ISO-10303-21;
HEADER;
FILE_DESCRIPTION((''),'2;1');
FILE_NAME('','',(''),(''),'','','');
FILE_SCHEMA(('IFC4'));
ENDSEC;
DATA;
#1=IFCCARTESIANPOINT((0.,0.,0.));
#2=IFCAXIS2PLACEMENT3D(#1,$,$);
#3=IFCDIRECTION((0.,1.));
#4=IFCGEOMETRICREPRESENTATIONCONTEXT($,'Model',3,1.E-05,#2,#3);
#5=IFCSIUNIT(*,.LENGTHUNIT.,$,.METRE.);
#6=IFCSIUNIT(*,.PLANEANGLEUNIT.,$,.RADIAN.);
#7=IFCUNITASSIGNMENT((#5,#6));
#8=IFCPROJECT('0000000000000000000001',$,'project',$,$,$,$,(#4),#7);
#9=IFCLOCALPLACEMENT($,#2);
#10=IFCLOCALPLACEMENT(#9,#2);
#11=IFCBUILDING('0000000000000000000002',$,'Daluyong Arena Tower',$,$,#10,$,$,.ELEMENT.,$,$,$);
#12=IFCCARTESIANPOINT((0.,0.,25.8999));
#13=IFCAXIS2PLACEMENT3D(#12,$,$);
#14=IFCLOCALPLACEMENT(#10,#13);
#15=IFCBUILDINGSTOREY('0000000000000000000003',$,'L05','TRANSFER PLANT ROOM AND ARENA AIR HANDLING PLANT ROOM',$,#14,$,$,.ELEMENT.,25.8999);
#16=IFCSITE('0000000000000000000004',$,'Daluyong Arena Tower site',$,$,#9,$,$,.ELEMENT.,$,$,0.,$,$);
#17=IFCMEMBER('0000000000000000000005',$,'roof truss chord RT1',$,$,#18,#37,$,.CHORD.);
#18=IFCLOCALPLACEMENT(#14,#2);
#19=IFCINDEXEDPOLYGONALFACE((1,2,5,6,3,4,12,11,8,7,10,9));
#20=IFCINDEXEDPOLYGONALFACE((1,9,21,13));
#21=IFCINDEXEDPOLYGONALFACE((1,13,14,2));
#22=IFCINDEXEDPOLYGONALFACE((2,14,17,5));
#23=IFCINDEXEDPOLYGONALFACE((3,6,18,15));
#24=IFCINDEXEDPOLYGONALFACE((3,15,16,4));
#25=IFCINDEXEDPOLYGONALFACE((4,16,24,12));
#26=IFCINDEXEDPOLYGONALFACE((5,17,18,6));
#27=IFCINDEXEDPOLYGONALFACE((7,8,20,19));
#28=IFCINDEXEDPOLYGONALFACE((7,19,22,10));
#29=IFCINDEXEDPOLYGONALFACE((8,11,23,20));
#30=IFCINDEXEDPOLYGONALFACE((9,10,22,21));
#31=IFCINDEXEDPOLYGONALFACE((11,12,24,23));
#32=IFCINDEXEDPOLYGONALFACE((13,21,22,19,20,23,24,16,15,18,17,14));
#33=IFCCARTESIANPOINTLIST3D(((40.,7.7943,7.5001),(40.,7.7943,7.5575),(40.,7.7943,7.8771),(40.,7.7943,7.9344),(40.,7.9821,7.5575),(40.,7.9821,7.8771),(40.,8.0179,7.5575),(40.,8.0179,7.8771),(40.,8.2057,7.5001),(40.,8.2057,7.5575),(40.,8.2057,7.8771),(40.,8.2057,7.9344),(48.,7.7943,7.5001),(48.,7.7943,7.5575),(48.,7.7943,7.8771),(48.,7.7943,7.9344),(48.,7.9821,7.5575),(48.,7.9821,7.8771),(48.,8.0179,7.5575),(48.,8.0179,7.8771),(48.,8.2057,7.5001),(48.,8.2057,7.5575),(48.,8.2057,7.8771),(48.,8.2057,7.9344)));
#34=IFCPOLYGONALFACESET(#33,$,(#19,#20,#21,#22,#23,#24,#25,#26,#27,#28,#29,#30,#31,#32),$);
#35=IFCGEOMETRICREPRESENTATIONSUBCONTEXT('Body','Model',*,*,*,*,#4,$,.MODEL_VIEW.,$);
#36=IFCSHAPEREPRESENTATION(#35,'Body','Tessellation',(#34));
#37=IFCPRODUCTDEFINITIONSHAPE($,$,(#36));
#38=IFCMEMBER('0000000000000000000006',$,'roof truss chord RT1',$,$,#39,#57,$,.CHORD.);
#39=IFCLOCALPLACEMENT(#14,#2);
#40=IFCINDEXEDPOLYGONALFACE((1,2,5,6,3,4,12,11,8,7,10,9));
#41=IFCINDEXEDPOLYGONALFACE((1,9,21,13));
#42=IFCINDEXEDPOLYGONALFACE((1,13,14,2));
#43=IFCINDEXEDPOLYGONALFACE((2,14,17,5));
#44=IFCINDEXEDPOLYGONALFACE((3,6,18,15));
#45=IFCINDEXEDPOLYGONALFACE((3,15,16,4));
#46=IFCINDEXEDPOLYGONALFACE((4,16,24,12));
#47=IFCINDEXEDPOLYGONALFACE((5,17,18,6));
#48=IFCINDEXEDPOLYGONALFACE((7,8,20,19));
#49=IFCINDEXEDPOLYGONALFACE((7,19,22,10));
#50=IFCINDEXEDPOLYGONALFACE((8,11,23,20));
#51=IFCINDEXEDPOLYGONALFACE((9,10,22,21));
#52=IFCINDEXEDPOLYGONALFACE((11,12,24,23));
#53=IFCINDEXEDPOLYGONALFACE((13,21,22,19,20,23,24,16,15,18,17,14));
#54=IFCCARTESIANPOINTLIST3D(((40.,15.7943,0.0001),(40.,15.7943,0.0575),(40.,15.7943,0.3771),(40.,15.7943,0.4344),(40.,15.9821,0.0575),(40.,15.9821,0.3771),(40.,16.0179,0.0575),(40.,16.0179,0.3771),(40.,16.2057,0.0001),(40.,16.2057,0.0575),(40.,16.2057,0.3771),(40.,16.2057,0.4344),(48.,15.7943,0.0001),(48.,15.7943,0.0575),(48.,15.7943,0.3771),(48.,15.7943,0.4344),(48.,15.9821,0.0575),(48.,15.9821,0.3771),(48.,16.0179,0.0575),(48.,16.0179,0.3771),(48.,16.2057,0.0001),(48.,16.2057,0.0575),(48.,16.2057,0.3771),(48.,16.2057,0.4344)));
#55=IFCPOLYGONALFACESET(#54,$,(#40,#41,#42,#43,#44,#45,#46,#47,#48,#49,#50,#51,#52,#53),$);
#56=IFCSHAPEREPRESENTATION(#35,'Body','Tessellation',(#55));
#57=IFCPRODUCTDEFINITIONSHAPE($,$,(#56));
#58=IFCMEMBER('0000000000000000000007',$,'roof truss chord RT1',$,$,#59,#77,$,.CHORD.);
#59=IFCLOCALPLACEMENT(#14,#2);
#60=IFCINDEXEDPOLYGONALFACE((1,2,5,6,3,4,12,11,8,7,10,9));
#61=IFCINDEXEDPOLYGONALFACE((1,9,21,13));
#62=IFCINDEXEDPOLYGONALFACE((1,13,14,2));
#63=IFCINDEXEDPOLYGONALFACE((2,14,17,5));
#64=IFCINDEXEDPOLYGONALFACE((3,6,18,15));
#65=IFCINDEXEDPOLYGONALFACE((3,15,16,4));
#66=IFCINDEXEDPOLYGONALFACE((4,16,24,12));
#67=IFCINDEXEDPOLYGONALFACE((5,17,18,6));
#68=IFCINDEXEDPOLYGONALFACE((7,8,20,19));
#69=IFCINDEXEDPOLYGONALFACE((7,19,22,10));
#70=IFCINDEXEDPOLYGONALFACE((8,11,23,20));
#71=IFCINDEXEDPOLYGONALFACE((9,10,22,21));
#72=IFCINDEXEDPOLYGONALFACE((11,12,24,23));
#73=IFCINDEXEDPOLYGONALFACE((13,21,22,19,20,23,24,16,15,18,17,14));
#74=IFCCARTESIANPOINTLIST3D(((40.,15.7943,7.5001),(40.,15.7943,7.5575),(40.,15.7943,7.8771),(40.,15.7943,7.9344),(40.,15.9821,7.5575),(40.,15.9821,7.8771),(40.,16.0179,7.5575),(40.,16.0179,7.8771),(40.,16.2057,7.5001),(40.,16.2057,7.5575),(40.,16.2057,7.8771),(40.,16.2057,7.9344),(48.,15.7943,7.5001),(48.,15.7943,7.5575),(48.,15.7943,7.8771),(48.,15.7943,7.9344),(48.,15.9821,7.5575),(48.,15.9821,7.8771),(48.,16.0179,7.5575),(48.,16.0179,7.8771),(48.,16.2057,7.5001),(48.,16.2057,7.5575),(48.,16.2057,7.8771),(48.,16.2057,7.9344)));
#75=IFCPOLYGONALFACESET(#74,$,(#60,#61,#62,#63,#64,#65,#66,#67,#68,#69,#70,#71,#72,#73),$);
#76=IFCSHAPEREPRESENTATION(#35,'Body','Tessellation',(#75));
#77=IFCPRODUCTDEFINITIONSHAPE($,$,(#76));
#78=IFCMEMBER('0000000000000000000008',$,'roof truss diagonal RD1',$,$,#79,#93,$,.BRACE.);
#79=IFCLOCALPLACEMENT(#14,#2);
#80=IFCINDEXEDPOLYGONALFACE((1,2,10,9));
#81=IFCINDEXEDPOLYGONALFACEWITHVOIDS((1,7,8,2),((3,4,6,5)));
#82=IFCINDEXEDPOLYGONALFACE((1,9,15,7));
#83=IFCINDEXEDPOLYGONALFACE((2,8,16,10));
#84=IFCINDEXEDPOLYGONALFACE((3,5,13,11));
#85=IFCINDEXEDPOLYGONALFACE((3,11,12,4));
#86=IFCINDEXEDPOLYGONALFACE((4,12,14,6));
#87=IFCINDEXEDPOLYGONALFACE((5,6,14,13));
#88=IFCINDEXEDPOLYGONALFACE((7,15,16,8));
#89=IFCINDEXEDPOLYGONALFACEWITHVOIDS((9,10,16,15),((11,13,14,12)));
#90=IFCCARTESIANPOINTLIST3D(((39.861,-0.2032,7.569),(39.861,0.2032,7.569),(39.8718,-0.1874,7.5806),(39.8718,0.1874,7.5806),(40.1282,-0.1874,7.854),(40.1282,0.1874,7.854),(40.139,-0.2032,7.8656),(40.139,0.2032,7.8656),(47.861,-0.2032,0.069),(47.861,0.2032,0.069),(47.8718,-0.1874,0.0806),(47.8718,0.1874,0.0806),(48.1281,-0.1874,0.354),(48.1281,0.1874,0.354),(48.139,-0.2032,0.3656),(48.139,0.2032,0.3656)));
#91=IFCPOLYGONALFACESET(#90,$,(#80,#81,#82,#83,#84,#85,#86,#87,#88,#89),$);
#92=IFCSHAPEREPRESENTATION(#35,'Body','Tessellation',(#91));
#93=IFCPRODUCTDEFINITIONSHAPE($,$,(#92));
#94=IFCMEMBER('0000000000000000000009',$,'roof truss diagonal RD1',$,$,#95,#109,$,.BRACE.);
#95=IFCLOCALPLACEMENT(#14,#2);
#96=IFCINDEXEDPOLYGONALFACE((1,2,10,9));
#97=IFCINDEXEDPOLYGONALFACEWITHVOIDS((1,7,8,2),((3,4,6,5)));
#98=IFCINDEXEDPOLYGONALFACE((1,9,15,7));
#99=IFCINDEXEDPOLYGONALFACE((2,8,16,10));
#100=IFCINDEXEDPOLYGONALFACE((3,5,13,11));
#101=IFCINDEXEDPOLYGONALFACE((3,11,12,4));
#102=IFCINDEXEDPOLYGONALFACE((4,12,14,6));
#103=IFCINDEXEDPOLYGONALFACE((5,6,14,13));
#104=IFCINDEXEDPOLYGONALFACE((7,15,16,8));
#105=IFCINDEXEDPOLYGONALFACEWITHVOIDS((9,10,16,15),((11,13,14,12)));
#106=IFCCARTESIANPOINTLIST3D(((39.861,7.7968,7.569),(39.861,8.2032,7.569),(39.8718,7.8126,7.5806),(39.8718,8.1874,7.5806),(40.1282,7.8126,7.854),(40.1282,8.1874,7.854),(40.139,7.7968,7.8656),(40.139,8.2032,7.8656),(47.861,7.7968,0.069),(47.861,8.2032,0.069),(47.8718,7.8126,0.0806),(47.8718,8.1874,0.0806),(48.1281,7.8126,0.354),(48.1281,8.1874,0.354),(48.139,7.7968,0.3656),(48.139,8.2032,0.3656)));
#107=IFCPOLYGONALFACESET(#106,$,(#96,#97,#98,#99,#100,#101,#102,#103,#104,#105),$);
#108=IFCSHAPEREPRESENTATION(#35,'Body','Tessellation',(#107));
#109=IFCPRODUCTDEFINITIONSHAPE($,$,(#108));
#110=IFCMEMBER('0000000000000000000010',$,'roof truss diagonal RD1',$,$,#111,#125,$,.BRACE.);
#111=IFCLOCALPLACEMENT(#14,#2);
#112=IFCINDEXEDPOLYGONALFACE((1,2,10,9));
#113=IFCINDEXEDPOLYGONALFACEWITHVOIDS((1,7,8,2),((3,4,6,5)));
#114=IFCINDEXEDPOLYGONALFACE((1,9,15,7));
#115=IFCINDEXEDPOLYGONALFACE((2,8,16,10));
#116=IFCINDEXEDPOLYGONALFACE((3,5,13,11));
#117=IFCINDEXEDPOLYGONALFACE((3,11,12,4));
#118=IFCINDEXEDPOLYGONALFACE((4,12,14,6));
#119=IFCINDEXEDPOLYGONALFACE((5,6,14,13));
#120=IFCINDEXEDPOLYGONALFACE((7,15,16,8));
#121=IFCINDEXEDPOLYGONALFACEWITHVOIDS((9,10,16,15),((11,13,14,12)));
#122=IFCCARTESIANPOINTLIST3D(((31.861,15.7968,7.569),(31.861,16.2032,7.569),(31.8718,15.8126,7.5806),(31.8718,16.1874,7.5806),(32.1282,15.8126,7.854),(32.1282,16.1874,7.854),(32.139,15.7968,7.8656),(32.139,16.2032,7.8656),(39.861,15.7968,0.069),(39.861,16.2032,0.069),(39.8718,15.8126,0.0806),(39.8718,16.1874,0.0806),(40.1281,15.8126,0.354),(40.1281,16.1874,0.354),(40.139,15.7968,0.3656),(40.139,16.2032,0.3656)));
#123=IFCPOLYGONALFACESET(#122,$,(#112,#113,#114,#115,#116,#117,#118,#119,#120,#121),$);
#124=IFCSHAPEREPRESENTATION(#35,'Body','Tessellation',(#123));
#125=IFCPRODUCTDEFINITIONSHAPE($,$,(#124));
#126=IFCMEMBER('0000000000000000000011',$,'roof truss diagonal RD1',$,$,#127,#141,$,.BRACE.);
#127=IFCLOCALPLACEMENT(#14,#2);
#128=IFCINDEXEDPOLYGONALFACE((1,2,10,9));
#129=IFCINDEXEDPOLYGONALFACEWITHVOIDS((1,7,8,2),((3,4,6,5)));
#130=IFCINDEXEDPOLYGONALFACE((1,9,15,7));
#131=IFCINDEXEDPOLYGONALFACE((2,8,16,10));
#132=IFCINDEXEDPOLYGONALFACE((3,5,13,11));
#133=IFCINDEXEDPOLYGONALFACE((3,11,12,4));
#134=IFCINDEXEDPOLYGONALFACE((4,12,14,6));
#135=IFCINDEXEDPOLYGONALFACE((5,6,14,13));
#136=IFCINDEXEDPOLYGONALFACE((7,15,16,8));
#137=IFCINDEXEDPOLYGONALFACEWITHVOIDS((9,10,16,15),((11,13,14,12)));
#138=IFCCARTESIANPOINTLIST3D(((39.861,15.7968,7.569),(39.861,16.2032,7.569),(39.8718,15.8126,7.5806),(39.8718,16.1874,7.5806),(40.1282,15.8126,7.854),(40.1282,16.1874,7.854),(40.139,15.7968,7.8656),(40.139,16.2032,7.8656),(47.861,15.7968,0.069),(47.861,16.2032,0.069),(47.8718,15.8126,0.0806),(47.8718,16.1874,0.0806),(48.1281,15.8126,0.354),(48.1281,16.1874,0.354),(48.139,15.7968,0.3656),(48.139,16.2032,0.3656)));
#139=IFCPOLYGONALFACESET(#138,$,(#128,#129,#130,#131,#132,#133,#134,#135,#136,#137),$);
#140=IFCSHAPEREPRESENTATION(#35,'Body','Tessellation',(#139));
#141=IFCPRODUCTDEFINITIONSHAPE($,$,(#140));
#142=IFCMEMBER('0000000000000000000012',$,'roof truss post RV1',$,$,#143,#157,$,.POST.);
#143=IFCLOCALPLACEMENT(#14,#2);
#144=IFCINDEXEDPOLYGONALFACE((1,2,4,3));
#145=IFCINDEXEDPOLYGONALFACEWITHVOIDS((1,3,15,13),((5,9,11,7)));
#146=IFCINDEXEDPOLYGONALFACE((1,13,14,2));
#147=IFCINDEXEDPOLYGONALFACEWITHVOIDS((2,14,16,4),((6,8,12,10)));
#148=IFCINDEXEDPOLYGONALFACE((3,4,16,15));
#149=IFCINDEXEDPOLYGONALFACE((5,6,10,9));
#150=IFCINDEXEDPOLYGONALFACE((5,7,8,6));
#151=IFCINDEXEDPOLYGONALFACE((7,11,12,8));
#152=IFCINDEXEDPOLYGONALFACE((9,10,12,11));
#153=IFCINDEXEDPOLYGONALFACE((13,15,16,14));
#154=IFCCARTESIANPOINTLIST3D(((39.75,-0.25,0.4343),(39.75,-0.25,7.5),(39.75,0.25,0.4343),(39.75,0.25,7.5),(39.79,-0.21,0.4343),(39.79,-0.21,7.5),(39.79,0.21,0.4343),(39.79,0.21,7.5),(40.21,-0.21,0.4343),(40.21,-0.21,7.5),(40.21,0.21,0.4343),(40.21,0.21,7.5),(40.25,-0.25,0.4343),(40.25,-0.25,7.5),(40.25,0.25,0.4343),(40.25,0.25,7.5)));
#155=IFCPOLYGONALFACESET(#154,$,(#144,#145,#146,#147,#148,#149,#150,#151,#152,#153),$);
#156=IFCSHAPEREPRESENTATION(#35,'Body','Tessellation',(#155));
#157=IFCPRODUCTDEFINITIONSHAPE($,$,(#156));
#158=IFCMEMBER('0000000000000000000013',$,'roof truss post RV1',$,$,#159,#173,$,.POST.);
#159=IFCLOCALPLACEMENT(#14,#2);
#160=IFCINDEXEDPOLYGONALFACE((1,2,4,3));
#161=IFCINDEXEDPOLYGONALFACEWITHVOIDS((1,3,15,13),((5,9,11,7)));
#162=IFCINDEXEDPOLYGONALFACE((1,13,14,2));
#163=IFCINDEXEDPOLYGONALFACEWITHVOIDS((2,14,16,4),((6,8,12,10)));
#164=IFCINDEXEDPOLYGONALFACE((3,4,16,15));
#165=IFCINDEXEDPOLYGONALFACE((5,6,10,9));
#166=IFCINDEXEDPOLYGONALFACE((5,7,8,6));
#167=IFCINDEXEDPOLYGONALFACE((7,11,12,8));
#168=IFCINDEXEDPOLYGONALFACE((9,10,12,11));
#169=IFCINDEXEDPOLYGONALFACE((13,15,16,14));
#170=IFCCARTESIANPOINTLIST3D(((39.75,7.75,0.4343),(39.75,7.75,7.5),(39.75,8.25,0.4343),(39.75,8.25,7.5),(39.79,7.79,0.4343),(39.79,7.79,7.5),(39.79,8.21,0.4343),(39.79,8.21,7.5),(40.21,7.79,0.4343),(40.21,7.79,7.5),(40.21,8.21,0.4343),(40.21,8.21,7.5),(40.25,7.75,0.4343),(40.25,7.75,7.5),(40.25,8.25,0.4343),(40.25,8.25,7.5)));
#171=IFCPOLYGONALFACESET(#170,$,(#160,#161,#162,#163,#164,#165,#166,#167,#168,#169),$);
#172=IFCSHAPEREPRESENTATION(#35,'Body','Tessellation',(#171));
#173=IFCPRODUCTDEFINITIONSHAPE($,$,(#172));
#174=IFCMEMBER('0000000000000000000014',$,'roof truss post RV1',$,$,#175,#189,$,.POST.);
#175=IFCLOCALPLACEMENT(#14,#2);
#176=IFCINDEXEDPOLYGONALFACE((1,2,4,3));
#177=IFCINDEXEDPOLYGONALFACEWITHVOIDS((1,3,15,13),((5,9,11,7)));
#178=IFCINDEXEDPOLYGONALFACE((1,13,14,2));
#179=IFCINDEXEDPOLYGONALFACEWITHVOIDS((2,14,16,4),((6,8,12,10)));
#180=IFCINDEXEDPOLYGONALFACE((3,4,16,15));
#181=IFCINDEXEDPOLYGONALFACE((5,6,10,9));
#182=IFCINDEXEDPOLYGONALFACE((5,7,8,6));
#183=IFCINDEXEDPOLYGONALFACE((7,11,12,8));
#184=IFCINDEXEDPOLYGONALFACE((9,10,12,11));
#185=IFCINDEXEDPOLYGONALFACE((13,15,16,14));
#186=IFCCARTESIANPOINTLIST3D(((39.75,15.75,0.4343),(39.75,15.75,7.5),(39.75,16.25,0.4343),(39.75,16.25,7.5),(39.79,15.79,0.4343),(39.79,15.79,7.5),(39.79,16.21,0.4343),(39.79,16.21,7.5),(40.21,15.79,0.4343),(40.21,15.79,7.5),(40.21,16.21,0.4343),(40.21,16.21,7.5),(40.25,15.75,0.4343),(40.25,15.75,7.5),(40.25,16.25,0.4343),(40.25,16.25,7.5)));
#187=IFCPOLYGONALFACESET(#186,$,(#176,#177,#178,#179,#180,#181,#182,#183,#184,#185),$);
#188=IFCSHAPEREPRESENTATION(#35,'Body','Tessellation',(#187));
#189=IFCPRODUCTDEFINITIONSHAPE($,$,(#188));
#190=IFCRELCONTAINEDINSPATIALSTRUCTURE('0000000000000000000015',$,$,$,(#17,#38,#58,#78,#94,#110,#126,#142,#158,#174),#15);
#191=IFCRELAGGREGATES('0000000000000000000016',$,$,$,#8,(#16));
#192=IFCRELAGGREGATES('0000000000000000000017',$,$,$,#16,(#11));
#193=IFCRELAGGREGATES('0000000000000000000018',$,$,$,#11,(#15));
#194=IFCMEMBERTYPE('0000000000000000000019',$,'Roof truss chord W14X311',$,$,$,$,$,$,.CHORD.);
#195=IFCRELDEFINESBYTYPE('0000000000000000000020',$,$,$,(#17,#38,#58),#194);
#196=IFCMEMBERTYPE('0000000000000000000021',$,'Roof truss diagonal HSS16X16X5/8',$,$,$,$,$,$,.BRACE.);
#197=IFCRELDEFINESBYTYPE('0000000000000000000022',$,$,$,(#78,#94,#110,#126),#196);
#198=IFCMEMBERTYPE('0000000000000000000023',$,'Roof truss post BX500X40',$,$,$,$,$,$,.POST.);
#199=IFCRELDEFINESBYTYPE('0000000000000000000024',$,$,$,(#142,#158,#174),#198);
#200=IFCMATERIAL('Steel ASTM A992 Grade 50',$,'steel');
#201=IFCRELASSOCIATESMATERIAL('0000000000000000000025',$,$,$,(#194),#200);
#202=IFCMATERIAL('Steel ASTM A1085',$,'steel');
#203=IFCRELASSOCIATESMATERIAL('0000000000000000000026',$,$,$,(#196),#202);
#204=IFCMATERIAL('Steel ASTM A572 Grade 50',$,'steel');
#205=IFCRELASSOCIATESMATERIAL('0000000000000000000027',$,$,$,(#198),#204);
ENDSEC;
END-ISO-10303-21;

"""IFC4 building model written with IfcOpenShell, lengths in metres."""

from ifc_helpers import new_model, si_unit, direction, frame, origin, origin_2d, place, context, subcontext, project, spatial, hollow_rectangle, i_section, extrude, material, material_profile, profile_set, type_object, element, save


model = new_model("IFC4")

# Units and contexts
model_context = context("Model", 3, precision=1e-05, world=origin(), true_north=direction((0.0, 1.0)))
body_context = subcontext(model_context, "Body", "Model", "MODEL_VIEW")
ifc_project = project(units=[si_unit("LENGTHUNIT", "METRE"), si_unit("PLANEANGLEUNIT", "RADIAN")], contexts=[model_context])

# Site, building, storey
site_placement = place(None, origin())
site = spatial("IfcSite", under=ifc_project, at=site_placement, Name="Daluyong Arena Tower site", CompositionType="ELEMENT", RefElevation=0.0)
building_placement = place(site_placement, origin())
building = spatial("IfcBuilding", under=site, at=building_placement, Name="Daluyong Arena Tower", CompositionType="ELEMENT")
storey_placement = place(building_placement, frame((0.0, 0.0, 25.8999)))
storey = spatial("IfcBuildingStorey", under=building, at=storey_placement, Name="L05", Description="TRANSFER PLANT ROOM AND ARENA AIR HANDLING PLANT ROOM", CompositionType="ELEMENT", Elevation=25.8999)

# Members
ifc_material_1 = material(Name="Steel ASTM A992 Grade 50", Category="steel")
ifc_material_profile_1 = material_profile(ifc_material_1, i_section(OverallWidth=0.4114, OverallDepth=0.4343, WebThickness=0.0359, FlangeThickness=0.0574, at=origin_2d()))
ifc_profile_set_1 = profile_set([ifc_material_profile_1], Name="Steel ASTM A992 Grade 50")
member_type_1 = type_object("IfcMemberType", Name="Roof truss chord W14X311", PredefinedType="CHORD", material=ifc_profile_set_1)
for number, where, z_axis, x_axis, name in (
    (1, (40.0, 8.0, 7.7173), (1.0, 0.0, 0.0), (0.0, 1.0, 0.0), "roof truss chord RT1"),
    (2, (40.0, 16.0, 0.2173), (1.0, 0.0, 0.0), (0.0, 1.0, 0.0), "roof truss chord RT1"),
    (3, (40.0, 16.0, 7.7173), (1.0, 0.0, 0.0), (0.0, 1.0, 0.0), "roof truss chord RT1"),
):
    element("IfcMember", number, at=place(storey_placement, frame(where, z_axis=z_axis, x_axis=x_axis)), inside=storey, type_object=member_type_1, Name=name, PredefinedType="CHORD", context=body_context, shape_type="SweptSolid", body=[
        extrude(i_section(OverallWidth=0.4114, OverallDepth=0.4343, WebThickness=0.0359, FlangeThickness=0.0574, at=origin_2d()), origin(), (0.0, 0.0, 1.0), 8.0),
    ])
ifc_material_2 = material(Name="Steel ASTM A1085", Category="steel")
ifc_material_profile_2 = material_profile(ifc_material_2, hollow_rectangle(XDim=0.4065, YDim=0.4065, WallThickness=0.0159, at=origin_2d()))
ifc_profile_set_2 = profile_set([ifc_material_profile_2], Name="Steel ASTM A1085")
member_type_2 = type_object("IfcMemberType", Name="Roof truss diagonal HSS16X16X5/8", PredefinedType="BRACE", material=ifc_profile_set_2)
for number, where, z_axis, x_axis, name in (
    (4, (40.0, 0.0, 7.7173), (0.729537, 0.0, -0.683941), (0.0, 1.0, 0.0), "roof truss diagonal RD1"),
    (5, (40.0, 8.0, 7.7173), (0.729537, 0.0, -0.683941), (0.0, 1.0, 0.0), "roof truss diagonal RD1"),
    (6, (32.0, 16.0, 7.7173), (0.729537, 0.0, -0.683941), (0.0, 1.0, 0.0), "roof truss diagonal RD1"),
    (7, (40.0, 16.0, 7.7173), (0.729537, 0.0, -0.683941), (0.0, 1.0, 0.0), "roof truss diagonal RD1"),
):
    element("IfcMember", number, at=place(storey_placement, frame(where, z_axis=z_axis, x_axis=x_axis)), inside=storey, type_object=member_type_2, Name=name, PredefinedType="BRACE", context=body_context, shape_type="SweptSolid", body=[
        extrude(hollow_rectangle(XDim=0.4065, YDim=0.4065, WallThickness=0.0159, at=origin_2d()), origin(), (0.0, 0.0, 1.0), 10.9658),
    ])
ifc_material_3 = material(Name="Steel ASTM A572 Grade 50", Category="steel")
ifc_material_profile_3 = material_profile(ifc_material_3, hollow_rectangle(XDim=0.5, YDim=0.5, WallThickness=0.04, at=origin_2d()))
ifc_profile_set_3 = profile_set([ifc_material_profile_3], Name="Steel ASTM A572 Grade 50")
member_type_3 = type_object("IfcMemberType", Name="Roof truss post BX500X40", PredefinedType="POST", material=ifc_profile_set_3)
for number, where, z_axis, x_axis, name in (
    (8, (40.0, 0.0, 0.4343), (0.0, 0.0, 1.0), (1.0, 0.0, 0.0), "roof truss post RV1"),
    (9, (40.0, 8.0, 0.4343), (0.0, 0.0, 1.0), (1.0, 0.0, 0.0), "roof truss post RV1"),
    (10, (40.0, 16.0, 0.4343), (0.0, 0.0, 1.0), (1.0, 0.0, 0.0), "roof truss post RV1"),
):
    element("IfcMember", number, at=place(storey_placement, frame(where, z_axis=z_axis, x_axis=x_axis)), inside=storey, type_object=member_type_3, Name=name, PredefinedType="POST", context=body_context, shape_type="SweptSolid", body=[
        extrude(hollow_rectangle(XDim=0.5, YDim=0.5, WallThickness=0.04, at=origin_2d()), origin(), (0.0, 0.0, 1.0), 7.0657),
    ])

save(model, "model.ifc")
